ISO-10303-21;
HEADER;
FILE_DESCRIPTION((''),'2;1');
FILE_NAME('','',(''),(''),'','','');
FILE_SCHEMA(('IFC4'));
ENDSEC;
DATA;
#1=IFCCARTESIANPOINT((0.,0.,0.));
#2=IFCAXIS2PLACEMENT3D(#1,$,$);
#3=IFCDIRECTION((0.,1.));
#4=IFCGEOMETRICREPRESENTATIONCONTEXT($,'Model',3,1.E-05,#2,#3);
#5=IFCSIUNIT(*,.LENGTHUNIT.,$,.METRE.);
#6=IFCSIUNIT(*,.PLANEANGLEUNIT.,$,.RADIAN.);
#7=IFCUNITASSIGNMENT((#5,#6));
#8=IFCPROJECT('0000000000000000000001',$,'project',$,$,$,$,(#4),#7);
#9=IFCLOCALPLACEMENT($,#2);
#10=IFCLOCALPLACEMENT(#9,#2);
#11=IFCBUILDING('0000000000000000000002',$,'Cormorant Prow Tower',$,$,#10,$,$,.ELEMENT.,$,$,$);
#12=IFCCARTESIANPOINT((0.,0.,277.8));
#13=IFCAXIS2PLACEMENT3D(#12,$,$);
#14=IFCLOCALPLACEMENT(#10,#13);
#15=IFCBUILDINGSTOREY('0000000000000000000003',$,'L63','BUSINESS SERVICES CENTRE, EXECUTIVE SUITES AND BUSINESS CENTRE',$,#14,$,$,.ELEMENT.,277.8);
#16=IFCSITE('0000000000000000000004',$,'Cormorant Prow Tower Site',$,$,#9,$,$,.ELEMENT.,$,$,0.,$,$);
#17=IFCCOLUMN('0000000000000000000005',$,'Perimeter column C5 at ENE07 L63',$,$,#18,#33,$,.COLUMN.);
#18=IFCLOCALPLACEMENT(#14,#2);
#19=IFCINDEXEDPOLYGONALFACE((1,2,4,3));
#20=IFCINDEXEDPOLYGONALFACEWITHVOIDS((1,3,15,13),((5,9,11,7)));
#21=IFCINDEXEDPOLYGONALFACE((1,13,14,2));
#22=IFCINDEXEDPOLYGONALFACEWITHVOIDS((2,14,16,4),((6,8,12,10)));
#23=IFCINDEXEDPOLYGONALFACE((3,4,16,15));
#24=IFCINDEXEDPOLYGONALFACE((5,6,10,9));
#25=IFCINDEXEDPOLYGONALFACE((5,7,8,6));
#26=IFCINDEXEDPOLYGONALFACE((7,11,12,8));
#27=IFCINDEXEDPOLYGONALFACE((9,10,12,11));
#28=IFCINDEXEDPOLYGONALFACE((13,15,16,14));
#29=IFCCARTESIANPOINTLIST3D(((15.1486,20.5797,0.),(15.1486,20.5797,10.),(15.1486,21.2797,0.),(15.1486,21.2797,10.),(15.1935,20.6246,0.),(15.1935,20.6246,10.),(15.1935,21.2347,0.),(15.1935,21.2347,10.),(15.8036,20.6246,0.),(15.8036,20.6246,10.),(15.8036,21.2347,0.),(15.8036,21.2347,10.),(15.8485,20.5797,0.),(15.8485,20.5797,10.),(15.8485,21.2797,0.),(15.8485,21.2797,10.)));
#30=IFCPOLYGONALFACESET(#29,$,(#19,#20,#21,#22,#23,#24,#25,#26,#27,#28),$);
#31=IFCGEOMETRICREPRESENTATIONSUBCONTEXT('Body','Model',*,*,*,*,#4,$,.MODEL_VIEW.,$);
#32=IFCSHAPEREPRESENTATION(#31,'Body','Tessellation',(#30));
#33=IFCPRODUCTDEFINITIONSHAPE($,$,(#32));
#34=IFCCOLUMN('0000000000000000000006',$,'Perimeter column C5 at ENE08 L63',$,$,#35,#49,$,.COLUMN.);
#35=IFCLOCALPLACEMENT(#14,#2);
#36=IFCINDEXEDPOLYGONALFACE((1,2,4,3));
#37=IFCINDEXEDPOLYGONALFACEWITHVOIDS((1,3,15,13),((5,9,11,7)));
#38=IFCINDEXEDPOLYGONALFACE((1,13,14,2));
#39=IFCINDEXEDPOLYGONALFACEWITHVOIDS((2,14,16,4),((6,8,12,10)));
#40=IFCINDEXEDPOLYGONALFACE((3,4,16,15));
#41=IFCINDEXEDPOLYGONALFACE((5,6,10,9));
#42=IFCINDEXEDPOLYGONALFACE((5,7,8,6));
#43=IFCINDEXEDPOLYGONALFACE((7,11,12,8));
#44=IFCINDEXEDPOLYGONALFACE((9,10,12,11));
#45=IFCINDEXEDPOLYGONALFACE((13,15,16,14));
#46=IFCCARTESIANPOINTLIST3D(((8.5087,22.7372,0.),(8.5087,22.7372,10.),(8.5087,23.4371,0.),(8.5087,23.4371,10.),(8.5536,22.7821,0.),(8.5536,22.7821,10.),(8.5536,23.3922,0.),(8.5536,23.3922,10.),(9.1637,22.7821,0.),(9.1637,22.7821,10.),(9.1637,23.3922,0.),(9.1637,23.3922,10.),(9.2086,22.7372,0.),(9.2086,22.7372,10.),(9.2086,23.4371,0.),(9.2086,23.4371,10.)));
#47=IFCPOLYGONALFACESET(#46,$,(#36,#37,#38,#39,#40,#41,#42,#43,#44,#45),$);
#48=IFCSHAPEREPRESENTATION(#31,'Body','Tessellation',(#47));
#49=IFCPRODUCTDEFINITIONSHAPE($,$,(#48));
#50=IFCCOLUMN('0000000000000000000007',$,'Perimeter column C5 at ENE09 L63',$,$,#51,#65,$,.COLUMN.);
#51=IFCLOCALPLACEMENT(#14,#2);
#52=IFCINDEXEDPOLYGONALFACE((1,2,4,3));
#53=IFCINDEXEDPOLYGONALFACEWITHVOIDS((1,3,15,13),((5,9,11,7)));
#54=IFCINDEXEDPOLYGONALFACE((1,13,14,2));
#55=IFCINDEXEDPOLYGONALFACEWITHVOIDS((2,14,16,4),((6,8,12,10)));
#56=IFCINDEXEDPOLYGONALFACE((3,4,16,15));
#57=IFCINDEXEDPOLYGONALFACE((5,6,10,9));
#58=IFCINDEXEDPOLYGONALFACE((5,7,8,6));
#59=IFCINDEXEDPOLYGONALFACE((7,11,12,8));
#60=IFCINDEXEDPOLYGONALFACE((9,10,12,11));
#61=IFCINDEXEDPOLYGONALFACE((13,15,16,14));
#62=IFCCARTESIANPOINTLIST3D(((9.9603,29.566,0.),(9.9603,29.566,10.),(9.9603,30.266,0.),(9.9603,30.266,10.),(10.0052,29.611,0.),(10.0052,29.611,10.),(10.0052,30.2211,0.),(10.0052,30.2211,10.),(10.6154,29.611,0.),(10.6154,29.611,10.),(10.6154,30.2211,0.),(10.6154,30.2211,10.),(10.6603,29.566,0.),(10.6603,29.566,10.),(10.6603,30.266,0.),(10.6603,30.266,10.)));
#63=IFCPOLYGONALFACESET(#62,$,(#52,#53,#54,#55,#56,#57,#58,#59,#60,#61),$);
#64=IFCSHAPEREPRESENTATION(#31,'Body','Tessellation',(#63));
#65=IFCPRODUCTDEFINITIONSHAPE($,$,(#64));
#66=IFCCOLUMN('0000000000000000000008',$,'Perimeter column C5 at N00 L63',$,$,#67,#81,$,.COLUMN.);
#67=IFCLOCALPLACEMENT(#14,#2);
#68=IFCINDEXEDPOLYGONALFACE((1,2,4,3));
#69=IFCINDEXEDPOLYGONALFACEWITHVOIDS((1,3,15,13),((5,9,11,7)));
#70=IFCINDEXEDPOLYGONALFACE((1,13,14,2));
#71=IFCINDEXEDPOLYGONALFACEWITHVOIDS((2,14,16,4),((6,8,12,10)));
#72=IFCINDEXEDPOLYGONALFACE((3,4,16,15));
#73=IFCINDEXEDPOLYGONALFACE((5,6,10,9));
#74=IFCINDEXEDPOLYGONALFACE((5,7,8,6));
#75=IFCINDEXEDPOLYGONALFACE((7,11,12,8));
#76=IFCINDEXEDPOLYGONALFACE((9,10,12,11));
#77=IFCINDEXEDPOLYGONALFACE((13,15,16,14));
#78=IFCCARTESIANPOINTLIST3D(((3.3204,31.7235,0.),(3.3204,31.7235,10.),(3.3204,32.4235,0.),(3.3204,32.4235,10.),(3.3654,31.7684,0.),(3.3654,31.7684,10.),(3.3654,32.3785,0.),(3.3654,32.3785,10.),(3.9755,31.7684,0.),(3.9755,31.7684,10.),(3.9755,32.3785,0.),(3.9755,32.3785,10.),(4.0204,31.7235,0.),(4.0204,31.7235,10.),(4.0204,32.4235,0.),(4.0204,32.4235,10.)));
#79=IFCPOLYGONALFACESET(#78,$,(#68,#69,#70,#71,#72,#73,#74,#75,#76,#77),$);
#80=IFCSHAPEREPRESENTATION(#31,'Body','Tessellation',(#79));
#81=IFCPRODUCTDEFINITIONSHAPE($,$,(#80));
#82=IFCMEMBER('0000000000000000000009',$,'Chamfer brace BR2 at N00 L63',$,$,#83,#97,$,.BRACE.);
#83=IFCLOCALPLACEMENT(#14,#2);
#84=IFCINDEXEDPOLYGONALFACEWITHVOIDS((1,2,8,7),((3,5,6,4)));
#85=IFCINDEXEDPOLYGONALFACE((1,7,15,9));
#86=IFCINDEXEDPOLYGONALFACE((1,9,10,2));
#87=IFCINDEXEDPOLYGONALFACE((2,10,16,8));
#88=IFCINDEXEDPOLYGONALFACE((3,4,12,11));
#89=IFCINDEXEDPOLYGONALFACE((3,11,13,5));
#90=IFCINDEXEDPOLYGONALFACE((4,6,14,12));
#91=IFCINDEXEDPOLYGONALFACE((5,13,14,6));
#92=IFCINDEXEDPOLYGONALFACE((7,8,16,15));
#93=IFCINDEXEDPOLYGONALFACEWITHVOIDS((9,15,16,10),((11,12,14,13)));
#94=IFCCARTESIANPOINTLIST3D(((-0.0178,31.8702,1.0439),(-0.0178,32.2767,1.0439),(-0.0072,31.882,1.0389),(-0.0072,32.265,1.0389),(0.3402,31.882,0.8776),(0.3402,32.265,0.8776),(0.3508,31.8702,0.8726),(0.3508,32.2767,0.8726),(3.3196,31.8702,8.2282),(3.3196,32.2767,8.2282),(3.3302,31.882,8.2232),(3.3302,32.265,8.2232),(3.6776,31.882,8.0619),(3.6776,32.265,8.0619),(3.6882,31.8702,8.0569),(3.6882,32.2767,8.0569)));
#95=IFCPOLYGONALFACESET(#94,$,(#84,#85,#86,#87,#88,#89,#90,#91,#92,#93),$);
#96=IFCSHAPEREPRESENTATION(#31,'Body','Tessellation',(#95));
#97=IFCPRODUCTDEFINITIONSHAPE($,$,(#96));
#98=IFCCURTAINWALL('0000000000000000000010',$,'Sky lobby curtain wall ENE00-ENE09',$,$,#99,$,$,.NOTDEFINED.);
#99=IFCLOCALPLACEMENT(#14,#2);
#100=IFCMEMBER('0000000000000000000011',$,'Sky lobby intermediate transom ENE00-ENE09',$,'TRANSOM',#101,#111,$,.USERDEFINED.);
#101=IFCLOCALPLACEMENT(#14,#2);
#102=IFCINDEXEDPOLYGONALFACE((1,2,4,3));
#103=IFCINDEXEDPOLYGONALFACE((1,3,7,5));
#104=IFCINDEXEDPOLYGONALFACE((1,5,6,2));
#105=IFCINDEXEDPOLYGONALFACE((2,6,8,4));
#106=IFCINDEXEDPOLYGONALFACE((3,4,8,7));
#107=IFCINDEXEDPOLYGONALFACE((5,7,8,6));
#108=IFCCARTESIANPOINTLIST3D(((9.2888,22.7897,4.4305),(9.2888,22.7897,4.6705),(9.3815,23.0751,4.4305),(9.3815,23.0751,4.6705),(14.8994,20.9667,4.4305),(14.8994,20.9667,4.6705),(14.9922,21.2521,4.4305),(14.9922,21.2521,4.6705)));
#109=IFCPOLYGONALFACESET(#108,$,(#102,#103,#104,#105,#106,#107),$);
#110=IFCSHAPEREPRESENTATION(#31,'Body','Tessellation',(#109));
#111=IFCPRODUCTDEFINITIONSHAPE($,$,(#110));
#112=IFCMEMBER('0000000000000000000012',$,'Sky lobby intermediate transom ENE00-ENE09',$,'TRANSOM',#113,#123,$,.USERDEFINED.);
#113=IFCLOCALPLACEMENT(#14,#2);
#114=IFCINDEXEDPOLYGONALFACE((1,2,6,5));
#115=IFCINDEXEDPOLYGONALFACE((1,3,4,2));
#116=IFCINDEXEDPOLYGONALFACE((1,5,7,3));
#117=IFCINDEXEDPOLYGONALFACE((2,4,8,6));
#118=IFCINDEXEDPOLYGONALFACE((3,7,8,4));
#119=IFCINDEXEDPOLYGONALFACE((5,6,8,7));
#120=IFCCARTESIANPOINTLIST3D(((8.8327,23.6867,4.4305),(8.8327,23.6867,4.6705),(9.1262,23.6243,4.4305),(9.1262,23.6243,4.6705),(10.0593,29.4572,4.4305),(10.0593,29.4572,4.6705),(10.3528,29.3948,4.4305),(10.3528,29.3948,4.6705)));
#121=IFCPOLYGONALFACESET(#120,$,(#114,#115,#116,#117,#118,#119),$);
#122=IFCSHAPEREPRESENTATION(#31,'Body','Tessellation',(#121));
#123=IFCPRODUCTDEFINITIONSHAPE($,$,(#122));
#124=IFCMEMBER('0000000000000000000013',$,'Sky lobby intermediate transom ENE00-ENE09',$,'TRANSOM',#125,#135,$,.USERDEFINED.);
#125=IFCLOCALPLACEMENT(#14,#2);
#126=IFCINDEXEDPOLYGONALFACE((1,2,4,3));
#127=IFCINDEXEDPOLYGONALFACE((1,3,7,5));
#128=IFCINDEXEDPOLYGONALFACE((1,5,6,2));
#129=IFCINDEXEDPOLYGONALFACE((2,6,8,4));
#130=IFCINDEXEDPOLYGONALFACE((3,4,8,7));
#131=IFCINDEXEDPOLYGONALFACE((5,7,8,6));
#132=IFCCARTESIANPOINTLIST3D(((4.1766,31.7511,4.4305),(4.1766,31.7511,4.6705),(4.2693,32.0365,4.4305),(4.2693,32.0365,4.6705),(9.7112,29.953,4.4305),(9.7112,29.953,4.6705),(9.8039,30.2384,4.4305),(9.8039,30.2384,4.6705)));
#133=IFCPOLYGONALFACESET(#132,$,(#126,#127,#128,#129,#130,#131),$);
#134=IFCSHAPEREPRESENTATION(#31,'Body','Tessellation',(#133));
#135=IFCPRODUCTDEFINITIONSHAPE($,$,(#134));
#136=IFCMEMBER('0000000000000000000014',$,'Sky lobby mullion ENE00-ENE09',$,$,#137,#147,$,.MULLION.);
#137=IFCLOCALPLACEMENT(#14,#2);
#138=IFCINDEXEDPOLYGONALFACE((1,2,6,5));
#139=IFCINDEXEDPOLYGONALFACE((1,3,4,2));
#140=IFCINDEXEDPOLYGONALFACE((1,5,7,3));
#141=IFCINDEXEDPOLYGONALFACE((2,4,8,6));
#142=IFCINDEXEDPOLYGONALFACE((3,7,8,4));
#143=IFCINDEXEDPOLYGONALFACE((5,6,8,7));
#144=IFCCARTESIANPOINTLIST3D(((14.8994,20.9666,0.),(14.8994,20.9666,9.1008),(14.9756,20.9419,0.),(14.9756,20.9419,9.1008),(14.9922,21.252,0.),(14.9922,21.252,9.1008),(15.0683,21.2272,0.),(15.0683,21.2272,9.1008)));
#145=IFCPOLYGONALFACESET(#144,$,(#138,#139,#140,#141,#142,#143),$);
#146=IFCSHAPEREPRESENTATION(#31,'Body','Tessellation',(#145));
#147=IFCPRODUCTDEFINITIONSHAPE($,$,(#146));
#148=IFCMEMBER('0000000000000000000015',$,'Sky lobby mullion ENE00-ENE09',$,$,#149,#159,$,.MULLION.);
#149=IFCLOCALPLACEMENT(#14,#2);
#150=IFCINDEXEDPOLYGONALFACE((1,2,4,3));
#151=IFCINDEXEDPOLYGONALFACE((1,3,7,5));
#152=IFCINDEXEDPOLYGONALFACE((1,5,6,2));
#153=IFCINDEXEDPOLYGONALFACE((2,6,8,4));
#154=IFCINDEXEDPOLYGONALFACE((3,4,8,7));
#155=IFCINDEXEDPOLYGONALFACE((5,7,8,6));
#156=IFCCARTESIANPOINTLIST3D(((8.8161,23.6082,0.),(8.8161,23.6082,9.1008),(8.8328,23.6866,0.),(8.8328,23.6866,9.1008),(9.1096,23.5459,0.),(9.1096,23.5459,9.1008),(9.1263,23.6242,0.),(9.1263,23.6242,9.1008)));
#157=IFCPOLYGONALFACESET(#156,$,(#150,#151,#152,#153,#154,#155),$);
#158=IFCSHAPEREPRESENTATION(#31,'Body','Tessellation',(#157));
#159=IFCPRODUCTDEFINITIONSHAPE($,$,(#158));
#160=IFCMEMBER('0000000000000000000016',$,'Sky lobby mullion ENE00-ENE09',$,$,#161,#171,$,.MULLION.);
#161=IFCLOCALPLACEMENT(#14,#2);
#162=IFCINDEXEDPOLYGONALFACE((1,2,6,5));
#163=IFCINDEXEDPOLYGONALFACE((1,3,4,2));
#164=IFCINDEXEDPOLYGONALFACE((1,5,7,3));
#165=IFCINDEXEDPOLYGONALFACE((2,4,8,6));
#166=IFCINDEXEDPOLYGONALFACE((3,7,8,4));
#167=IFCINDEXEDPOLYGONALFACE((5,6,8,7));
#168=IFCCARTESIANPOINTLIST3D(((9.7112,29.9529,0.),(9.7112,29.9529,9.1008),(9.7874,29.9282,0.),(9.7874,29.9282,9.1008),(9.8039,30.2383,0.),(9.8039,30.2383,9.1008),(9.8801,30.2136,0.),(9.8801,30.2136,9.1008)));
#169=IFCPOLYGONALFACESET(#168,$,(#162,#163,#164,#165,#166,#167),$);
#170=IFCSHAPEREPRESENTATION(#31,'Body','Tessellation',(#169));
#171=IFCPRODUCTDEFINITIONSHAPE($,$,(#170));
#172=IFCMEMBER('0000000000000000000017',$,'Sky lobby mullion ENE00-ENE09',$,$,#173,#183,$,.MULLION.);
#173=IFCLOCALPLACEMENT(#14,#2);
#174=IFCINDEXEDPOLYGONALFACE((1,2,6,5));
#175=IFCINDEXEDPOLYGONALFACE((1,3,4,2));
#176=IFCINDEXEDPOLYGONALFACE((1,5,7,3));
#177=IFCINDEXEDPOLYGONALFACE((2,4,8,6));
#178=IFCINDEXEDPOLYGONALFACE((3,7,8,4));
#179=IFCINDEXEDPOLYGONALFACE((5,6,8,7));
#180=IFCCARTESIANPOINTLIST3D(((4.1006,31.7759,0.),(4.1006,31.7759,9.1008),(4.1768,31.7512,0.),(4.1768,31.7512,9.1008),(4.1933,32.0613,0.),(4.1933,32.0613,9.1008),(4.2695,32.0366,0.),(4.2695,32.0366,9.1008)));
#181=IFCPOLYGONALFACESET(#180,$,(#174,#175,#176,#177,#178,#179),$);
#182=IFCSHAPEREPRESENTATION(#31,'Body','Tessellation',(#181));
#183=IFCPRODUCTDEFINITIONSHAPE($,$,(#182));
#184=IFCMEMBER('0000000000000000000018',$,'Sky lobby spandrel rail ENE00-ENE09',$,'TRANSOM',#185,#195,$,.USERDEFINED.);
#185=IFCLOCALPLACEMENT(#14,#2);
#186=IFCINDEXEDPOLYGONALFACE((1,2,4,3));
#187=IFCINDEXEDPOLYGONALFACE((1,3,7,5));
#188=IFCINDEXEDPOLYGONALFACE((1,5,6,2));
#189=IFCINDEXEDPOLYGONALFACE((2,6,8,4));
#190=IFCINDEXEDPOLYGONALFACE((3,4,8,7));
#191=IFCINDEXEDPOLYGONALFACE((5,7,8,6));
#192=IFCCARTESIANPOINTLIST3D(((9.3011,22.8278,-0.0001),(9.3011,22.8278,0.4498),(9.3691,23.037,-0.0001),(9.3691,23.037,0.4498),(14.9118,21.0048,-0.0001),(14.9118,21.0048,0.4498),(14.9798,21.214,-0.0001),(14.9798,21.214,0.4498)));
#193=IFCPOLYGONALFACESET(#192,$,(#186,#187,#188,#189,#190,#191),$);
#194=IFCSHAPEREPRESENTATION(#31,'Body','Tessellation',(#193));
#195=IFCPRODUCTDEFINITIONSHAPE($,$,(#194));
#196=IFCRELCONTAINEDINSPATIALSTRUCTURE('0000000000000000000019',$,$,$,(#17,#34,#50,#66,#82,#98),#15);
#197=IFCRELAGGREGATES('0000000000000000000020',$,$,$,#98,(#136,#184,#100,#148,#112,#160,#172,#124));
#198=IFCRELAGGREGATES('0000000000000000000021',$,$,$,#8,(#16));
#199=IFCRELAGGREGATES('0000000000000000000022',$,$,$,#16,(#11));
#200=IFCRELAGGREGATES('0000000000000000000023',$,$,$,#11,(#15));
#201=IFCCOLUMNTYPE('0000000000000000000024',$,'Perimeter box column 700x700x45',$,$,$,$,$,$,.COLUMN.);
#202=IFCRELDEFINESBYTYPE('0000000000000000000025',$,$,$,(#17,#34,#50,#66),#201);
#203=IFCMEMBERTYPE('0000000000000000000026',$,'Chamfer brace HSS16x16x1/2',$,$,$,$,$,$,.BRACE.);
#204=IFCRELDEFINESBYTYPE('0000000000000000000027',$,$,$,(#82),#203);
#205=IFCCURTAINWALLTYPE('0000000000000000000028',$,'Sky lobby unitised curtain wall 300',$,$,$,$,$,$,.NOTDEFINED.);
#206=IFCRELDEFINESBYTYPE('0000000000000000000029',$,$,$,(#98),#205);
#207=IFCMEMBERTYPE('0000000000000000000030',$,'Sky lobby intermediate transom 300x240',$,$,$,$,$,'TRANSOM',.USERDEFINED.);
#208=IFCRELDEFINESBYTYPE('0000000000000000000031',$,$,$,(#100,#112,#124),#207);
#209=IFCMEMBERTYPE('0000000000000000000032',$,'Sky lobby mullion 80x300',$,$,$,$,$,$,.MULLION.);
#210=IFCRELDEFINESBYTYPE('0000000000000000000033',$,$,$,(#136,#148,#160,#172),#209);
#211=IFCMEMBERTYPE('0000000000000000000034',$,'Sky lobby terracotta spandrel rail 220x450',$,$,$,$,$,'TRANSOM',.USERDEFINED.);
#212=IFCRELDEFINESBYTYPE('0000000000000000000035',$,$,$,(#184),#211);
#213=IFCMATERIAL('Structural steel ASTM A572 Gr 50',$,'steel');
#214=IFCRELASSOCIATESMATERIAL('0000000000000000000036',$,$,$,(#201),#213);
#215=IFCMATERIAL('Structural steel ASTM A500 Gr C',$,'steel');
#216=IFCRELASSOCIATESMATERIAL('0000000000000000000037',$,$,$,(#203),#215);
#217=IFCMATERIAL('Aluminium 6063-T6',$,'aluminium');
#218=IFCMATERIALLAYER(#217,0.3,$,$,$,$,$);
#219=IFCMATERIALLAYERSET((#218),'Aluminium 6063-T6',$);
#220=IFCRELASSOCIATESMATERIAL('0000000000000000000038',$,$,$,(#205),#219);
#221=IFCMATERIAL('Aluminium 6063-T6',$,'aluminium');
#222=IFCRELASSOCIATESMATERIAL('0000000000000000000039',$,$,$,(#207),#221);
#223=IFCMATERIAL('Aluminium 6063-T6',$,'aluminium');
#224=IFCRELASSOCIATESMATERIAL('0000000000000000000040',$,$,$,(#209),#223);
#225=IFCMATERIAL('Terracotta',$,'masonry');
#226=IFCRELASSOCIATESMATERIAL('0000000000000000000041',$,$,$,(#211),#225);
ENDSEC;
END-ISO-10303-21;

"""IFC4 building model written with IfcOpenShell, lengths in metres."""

from ifc_helpers import new_model, si_unit, direction, frame, origin, origin_2d, place, context, subcontext, project, spatial, rectangle, hollow_rectangle, extrude, material, layer, layer_set, material_profile, profile_set, type_object, element, aggregate, save


model = new_model("IFC4")

# Units and contexts
model_context = context("Model", 3, precision=1e-05, world=origin(), true_north=direction((0.0, 1.0)))
body_context = subcontext(model_context, "Body", "Model", "MODEL_VIEW")
ifc_project = project(units=[si_unit("LENGTHUNIT", "METRE"), si_unit("PLANEANGLEUNIT", "RADIAN")], contexts=[model_context])

# Site, building, storey
site_placement = place(None, origin())
site = spatial("IfcSite", under=ifc_project, at=site_placement, Name="Cormorant Prow Tower Site", CompositionType="ELEMENT", RefElevation=0.0)
building_placement = place(site_placement, origin())
building = spatial("IfcBuilding", under=site, at=building_placement, Name="Cormorant Prow Tower", CompositionType="ELEMENT")
storey_placement = place(building_placement, frame((0.0, 0.0, 277.8)))
storey = spatial("IfcBuildingStorey", under=building, at=storey_placement, Name="L63", Description="BUSINESS SERVICES CENTRE, EXECUTIVE SUITES AND BUSINESS CENTRE", CompositionType="ELEMENT", Elevation=277.8)

# Columns
ifc_material_1 = material(Name="Structural steel ASTM A572 Gr 50", Category="steel")
ifc_material_profile_1 = material_profile(ifc_material_1, hollow_rectangle(XDim=0.7, YDim=0.7, WallThickness=0.0449, at=origin_2d()), Name="Box 700x700x45")
ifc_profile_set_1 = profile_set([ifc_material_profile_1], Name="Structural steel ASTM A572 Gr 50")
column_type = type_object("IfcColumnType", Name="Perimeter box column 700x700x45", PredefinedType="COLUMN", material=ifc_profile_set_1)
for number, where, z_axis, x_axis, name in (
    (1, (15.4985, 20.9297, 0.0), (0.0, 0.0, 1.0), (1.0, 0.0, 0.0), "Perimeter column C5 at ENE07 L63"),
    (2, (8.8586, 23.0872, 0.0), (0.0, 0.0, 1.0), (1.0, 0.0, 0.0), "Perimeter column C5 at ENE08 L63"),
    (3, (10.3103, 29.916, 0.0), (0.0, 0.0, 1.0), (1.0, 0.0, 0.0), "Perimeter column C5 at ENE09 L63"),
    (4, (3.6704, 32.0735, 0.0), (0.0, 0.0, 1.0), (1.0, 0.0, 0.0), "Perimeter column C5 at N00 L63"),
):
    element("IfcColumn", number, at=place(storey_placement, frame(where, z_axis=z_axis, x_axis=x_axis)), inside=storey, type_object=column_type, Name=name, PredefinedType="COLUMN", context=body_context, shape_type="SweptSolid", body=[
        extrude(hollow_rectangle(XDim=0.7, YDim=0.7, WallThickness=0.0449, at=origin_2d()), origin(), (0.0, 0.0, 1.0), 10.0),
    ])

# Member
ifc_material_2 = material(Name="Structural steel ASTM A500 Gr C", Category="steel")
ifc_material_profile_2 = material_profile(ifc_material_2, hollow_rectangle(XDim=0.4065, YDim=0.4065, WallThickness=0.0117, at=origin_2d()), Name="HSS16x16x1/2")
ifc_profile_set_2 = profile_set([ifc_material_profile_2], Name="Structural steel ASTM A500 Gr C")
member_type_1 = type_object("IfcMemberType", Name="Chamfer brace HSS16x16x1/2", PredefinedType="BRACE", material=ifc_profile_set_2)
member_1_placement = place(storey_placement, frame((0.1665, 32.0735, 0.9583), z_axis=(0.421301, 0.0, 0.906921), x_axis=(0.0, 1.0, 0.0)))
element("IfcMember", 5, at=member_1_placement, inside=storey, type_object=member_type_1, Name="Chamfer brace BR2 at N00 L63", PredefinedType="BRACE", context=body_context, shape_type="SweptSolid", body=[
    extrude(hollow_rectangle(XDim=0.4065, YDim=0.4065, WallThickness=0.0117, at=origin_2d()), origin(), (0.0, 0.0, 1.0), 7.9216),
])

# Curtain wall, members
ifc_material_3 = material(Name="Aluminium 6063-T6", Category="aluminium")
ifc_layer_1 = layer(ifc_material_3, 0.3)
ifc_layer_set_1 = layer_set([ifc_layer_1], Name="Aluminium 6063-T6")
curtain_wall_type = type_object("IfcCurtainWallType", Name="Sky lobby unitised curtain wall 300", PredefinedType="NOTDEFINED", material=ifc_layer_set_1)
curtain_wall_placement = place(storey_placement, origin())
curtain_wall = element("IfcCurtainWall", 6, at=curtain_wall_placement, inside=storey, type_object=curtain_wall_type, Name="Sky lobby curtain wall ENE00-ENE09", PredefinedType="NOTDEFINED")
ifc_material_4 = material(Name="Aluminium 6063-T6", Category="aluminium")
ifc_material_profile_3 = material_profile(ifc_material_4, rectangle(XDim=0.3, YDim=0.24, at=origin_2d()), Name="Sky lobby intermediate transom 300x240")
ifc_profile_set_3 = profile_set([ifc_material_profile_3], Name="Aluminium 6063-T6")
member_type_2 = type_object("IfcMemberType", Name="Sky lobby intermediate transom 300x240", ElementType="TRANSOM", PredefinedType="USERDEFINED", material=ifc_profile_set_3)
member_2_placement = place(storey_placement, frame((14.9458, 21.1094, 4.5505), z_axis=(-0.951056, 0.309018, 0.0), x_axis=(-0.309018, -0.951056, 0.0)))
member_2 = element("IfcMember", 7, at=member_2_placement, type_object=member_type_2, Name="Sky lobby intermediate transom ENE00-ENE09", ObjectType="TRANSOM", PredefinedType="USERDEFINED", context=body_context, shape_type="SweptSolid", body=[
    extrude(rectangle(XDim=0.3, YDim=0.24, at=origin_2d()), origin(), (0.0, 0.0, 1.0), 5.8994),
])
member_3_placement = place(storey_placement, frame((8.9795, 23.6555, 4.5505), z_axis=(0.207912, 0.978147, 0.0), x_axis=(-0.978147, 0.207912, 0.0)))
member_3 = element("IfcMember", 8, at=member_3_placement, type_object=member_type_2, Name="Sky lobby intermediate transom ENE00-ENE09", ObjectType="TRANSOM", PredefinedType="USERDEFINED", context=body_context, shape_type="SweptSolid", body=[
    extrude(rectangle(XDim=0.3, YDim=0.24, at=origin_2d()), origin(), (0.0, 0.0, 1.0), 5.8994),
])
member_4_placement = place(storey_placement, frame((9.7576, 30.0957, 4.5505), z_axis=(-0.951068, 0.308982, 0.0), x_axis=(-0.308982, -0.951068, 0.0)))
member_4 = element("IfcMember", 9, at=member_4_placement, type_object=member_type_2, Name="Sky lobby intermediate transom ENE00-ENE09", ObjectType="TRANSOM", PredefinedType="USERDEFINED", context=body_context, shape_type="SweptSolid", body=[
    extrude(rectangle(XDim=0.3, YDim=0.24, at=origin_2d()), origin(), (0.0, 0.0, 1.0), 5.8193),
])
ifc_material_5 = material(Name="Aluminium 6063-T6", Category="aluminium")
ifc_material_profile_4 = material_profile(ifc_material_5, rectangle(XDim=0.3, YDim=0.0801, at=origin_2d()), Name="Sky lobby mullion 80x300")
ifc_profile_set_4 = profile_set([ifc_material_profile_4], Name="Aluminium 6063-T6")
member_type_3 = type_object("IfcMemberType", Name="Sky lobby mullion 80x300", PredefinedType="MULLION", material=ifc_profile_set_4)
member_5_placement = place(storey_placement, frame((14.9839, 21.0969, 0.0), z_axis=(0.0, 0.0, 1.0), x_axis=(-0.309017, -0.951056, 0.0)))
member_5 = element("IfcMember", 10, at=member_5_placement, type_object=member_type_3, Name="Sky lobby mullion ENE00-ENE09", PredefinedType="MULLION", context=body_context, shape_type="SweptSolid", body=[
    extrude(rectangle(XDim=0.3, YDim=0.0801, at=origin_2d()), origin(), (0.0, 0.0, 1.0), 9.1008),
])
member_6_placement = place(storey_placement, frame((8.9712, 23.6162, 0.0), z_axis=(0.0, 0.0, 1.0), x_axis=(-0.978148, 0.207912, 0.0)))
member_6 = element("IfcMember", 11, at=member_6_placement, type_object=member_type_3, Name="Sky lobby mullion ENE00-ENE09", PredefinedType="MULLION", context=body_context, shape_type="SweptSolid", body=[
    extrude(rectangle(XDim=0.3, YDim=0.0801, at=origin_2d()), origin(), (0.0, 0.0, 1.0), 9.1008),
])
member_7_placement = place(storey_placement, frame((9.7957, 30.0833, 0.0), z_axis=(0.0, 0.0, 1.0), x_axis=(-0.309017, -0.951057, 0.0)))
member_7 = element("IfcMember", 12, at=member_7_placement, type_object=member_type_3, Name="Sky lobby mullion ENE00-ENE09", PredefinedType="MULLION", context=body_context, shape_type="SweptSolid", body=[
    extrude(rectangle(XDim=0.3, YDim=0.0801, at=origin_2d()), origin(), (0.0, 0.0, 1.0), 9.1008),
])
member_8_placement = place(storey_placement, frame((4.1851, 31.9062, 0.0), z_axis=(0.0, 0.0, 1.0), x_axis=(-0.309017, -0.951057, 0.0)))
member_8 = element("IfcMember", 13, at=member_8_placement, type_object=member_type_3, Name="Sky lobby mullion ENE00-ENE09", PredefinedType="MULLION", context=body_context, shape_type="SweptSolid", body=[
    extrude(rectangle(XDim=0.3, YDim=0.0801, at=origin_2d()), origin(), (0.0, 0.0, 1.0), 9.1008),
])
ifc_material_6 = material(Name="Terracotta", Category="masonry")
ifc_material_profile_5 = material_profile(ifc_material_6, rectangle(XDim=0.22, YDim=0.45, at=origin_2d()), Name="Sky lobby terracotta spandrel rail 220x450")
ifc_profile_set_5 = profile_set([ifc_material_profile_5], Name="Terracotta")
member_type_4 = type_object("IfcMemberType", Name="Sky lobby terracotta spandrel rail 220x450", ElementType="TRANSOM", PredefinedType="USERDEFINED", material=ifc_profile_set_5)
member_9_placement = place(storey_placement, frame((14.9458, 21.1094, 0.2249), z_axis=(-0.951056, 0.309018, 0.0), x_axis=(-0.309018, -0.951056, 0.0)))
member_9 = element("IfcMember", 14, at=member_9_placement, type_object=member_type_4, Name="Sky lobby spandrel rail ENE00-ENE09", ObjectType="TRANSOM", PredefinedType="USERDEFINED", context=body_context, shape_type="SweptSolid", body=[
    extrude(rectangle(XDim=0.22, YDim=0.45, at=origin_2d()), origin(), (0.0, 0.0, 1.0), 5.8994),
])

aggregate(curtain_wall, [member_5, member_9, member_2, member_6, member_3, member_7, member_8, member_4])

save(model, "model.ifc")
